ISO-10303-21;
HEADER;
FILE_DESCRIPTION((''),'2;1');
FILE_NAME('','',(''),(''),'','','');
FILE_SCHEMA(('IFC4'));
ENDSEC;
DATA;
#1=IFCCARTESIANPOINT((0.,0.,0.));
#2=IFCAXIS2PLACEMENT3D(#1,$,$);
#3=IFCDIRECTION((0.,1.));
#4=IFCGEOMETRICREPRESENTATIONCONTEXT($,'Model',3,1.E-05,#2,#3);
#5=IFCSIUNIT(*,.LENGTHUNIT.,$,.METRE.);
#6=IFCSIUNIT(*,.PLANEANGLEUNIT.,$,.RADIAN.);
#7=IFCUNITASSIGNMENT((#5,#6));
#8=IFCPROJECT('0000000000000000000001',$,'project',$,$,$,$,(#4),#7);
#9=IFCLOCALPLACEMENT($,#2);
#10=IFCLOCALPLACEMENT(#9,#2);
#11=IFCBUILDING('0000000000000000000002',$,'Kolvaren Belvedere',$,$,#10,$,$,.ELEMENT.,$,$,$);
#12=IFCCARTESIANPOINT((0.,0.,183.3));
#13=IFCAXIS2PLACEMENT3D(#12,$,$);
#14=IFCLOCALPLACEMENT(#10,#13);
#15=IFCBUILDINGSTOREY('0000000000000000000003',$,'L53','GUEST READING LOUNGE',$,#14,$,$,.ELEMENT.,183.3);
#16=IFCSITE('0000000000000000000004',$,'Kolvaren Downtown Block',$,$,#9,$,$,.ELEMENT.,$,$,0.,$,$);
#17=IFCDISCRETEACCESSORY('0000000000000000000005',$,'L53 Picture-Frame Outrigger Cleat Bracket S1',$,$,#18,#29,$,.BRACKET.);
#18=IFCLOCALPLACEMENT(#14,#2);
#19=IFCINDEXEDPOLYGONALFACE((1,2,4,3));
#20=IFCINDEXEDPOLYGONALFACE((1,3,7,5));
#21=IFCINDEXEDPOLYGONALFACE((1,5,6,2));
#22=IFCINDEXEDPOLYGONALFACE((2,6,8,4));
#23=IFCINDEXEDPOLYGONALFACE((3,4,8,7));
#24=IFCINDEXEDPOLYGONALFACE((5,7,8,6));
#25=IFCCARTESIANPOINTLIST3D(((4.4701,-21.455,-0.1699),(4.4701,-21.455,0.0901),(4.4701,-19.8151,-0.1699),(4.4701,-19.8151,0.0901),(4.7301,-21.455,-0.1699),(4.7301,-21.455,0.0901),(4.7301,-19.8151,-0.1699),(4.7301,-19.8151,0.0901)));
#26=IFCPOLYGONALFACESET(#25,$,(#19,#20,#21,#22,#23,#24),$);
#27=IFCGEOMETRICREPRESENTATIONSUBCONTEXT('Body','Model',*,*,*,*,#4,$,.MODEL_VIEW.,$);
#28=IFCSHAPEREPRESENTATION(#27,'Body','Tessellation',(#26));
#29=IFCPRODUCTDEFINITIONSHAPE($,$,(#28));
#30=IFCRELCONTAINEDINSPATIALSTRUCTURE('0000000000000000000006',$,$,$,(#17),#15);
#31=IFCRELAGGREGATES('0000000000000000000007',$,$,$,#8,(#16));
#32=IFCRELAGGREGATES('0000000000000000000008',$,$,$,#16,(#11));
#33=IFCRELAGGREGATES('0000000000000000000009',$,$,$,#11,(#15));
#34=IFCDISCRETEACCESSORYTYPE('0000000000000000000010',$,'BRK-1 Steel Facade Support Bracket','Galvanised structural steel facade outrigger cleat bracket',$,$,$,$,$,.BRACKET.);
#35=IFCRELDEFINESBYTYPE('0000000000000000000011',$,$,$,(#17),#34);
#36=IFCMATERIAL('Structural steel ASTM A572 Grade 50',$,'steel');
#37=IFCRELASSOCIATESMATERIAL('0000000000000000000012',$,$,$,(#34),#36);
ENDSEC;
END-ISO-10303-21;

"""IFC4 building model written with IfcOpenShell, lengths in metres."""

from ifc_helpers import new_model, si_unit, direction, frame, origin, origin_2d, place, context, subcontext, project, spatial, rectangle, extrude, material, type_object, element, save


model = new_model("IFC4")

# Units and contexts
model_context = context("Model", 3, precision=1e-05, world=origin(), true_north=direction((0.0, 1.0)))
body_context = subcontext(model_context, "Body", "Model", "MODEL_VIEW")
ifc_project = project(units=[si_unit("LENGTHUNIT", "METRE"), si_unit("PLANEANGLEUNIT", "RADIAN")], contexts=[model_context])

# Site, building, storey
site_placement = place(None, origin())
site = spatial("IfcSite", under=ifc_project, at=site_placement, Name="Kolvaren Downtown Block", CompositionType="ELEMENT", RefElevation=0.0)
building_placement = place(site_placement, origin())
building = spatial("IfcBuilding", under=site, at=building_placement, Name="Kolvaren Belvedere", CompositionType="ELEMENT")
storey_placement = place(building_placement, frame((0.0, 0.0, 183.3)))
storey = spatial("IfcBuildingStorey", under=building, at=storey_placement, Name="L53", Description="GUEST READING LOUNGE", CompositionType="ELEMENT", Elevation=183.3)

# Discrete accessory
ifc_material_1 = material(Name="Structural steel ASTM A572 Grade 50", Category="steel")
discrete_accessory_type = type_object("IfcDiscreteAccessoryType", Name="BRK-1 Steel Facade Support Bracket", Description="Galvanised structural steel facade outrigger cleat bracket", PredefinedType="BRACKET", material=ifc_material_1)
discrete_accessory_placement = place(storey_placement, frame((4.6001, -20.635, -0.1699), z_axis=(0.0, 0.0, 1.0), x_axis=(0.0, 1.0, 0.0)))
element("IfcDiscreteAccessory", 1, at=discrete_accessory_placement, inside=storey, type_object=discrete_accessory_type, Name="L53 Picture-Frame Outrigger Cleat Bracket S1", PredefinedType="BRACKET", context=body_context, shape_type="SweptSolid", body=[
    extrude(rectangle(XDim=1.6399, YDim=0.26, at=origin_2d()), origin(), (0.0, 0.0, 1.0), 0.26),
])

save(model, "model.ifc")
